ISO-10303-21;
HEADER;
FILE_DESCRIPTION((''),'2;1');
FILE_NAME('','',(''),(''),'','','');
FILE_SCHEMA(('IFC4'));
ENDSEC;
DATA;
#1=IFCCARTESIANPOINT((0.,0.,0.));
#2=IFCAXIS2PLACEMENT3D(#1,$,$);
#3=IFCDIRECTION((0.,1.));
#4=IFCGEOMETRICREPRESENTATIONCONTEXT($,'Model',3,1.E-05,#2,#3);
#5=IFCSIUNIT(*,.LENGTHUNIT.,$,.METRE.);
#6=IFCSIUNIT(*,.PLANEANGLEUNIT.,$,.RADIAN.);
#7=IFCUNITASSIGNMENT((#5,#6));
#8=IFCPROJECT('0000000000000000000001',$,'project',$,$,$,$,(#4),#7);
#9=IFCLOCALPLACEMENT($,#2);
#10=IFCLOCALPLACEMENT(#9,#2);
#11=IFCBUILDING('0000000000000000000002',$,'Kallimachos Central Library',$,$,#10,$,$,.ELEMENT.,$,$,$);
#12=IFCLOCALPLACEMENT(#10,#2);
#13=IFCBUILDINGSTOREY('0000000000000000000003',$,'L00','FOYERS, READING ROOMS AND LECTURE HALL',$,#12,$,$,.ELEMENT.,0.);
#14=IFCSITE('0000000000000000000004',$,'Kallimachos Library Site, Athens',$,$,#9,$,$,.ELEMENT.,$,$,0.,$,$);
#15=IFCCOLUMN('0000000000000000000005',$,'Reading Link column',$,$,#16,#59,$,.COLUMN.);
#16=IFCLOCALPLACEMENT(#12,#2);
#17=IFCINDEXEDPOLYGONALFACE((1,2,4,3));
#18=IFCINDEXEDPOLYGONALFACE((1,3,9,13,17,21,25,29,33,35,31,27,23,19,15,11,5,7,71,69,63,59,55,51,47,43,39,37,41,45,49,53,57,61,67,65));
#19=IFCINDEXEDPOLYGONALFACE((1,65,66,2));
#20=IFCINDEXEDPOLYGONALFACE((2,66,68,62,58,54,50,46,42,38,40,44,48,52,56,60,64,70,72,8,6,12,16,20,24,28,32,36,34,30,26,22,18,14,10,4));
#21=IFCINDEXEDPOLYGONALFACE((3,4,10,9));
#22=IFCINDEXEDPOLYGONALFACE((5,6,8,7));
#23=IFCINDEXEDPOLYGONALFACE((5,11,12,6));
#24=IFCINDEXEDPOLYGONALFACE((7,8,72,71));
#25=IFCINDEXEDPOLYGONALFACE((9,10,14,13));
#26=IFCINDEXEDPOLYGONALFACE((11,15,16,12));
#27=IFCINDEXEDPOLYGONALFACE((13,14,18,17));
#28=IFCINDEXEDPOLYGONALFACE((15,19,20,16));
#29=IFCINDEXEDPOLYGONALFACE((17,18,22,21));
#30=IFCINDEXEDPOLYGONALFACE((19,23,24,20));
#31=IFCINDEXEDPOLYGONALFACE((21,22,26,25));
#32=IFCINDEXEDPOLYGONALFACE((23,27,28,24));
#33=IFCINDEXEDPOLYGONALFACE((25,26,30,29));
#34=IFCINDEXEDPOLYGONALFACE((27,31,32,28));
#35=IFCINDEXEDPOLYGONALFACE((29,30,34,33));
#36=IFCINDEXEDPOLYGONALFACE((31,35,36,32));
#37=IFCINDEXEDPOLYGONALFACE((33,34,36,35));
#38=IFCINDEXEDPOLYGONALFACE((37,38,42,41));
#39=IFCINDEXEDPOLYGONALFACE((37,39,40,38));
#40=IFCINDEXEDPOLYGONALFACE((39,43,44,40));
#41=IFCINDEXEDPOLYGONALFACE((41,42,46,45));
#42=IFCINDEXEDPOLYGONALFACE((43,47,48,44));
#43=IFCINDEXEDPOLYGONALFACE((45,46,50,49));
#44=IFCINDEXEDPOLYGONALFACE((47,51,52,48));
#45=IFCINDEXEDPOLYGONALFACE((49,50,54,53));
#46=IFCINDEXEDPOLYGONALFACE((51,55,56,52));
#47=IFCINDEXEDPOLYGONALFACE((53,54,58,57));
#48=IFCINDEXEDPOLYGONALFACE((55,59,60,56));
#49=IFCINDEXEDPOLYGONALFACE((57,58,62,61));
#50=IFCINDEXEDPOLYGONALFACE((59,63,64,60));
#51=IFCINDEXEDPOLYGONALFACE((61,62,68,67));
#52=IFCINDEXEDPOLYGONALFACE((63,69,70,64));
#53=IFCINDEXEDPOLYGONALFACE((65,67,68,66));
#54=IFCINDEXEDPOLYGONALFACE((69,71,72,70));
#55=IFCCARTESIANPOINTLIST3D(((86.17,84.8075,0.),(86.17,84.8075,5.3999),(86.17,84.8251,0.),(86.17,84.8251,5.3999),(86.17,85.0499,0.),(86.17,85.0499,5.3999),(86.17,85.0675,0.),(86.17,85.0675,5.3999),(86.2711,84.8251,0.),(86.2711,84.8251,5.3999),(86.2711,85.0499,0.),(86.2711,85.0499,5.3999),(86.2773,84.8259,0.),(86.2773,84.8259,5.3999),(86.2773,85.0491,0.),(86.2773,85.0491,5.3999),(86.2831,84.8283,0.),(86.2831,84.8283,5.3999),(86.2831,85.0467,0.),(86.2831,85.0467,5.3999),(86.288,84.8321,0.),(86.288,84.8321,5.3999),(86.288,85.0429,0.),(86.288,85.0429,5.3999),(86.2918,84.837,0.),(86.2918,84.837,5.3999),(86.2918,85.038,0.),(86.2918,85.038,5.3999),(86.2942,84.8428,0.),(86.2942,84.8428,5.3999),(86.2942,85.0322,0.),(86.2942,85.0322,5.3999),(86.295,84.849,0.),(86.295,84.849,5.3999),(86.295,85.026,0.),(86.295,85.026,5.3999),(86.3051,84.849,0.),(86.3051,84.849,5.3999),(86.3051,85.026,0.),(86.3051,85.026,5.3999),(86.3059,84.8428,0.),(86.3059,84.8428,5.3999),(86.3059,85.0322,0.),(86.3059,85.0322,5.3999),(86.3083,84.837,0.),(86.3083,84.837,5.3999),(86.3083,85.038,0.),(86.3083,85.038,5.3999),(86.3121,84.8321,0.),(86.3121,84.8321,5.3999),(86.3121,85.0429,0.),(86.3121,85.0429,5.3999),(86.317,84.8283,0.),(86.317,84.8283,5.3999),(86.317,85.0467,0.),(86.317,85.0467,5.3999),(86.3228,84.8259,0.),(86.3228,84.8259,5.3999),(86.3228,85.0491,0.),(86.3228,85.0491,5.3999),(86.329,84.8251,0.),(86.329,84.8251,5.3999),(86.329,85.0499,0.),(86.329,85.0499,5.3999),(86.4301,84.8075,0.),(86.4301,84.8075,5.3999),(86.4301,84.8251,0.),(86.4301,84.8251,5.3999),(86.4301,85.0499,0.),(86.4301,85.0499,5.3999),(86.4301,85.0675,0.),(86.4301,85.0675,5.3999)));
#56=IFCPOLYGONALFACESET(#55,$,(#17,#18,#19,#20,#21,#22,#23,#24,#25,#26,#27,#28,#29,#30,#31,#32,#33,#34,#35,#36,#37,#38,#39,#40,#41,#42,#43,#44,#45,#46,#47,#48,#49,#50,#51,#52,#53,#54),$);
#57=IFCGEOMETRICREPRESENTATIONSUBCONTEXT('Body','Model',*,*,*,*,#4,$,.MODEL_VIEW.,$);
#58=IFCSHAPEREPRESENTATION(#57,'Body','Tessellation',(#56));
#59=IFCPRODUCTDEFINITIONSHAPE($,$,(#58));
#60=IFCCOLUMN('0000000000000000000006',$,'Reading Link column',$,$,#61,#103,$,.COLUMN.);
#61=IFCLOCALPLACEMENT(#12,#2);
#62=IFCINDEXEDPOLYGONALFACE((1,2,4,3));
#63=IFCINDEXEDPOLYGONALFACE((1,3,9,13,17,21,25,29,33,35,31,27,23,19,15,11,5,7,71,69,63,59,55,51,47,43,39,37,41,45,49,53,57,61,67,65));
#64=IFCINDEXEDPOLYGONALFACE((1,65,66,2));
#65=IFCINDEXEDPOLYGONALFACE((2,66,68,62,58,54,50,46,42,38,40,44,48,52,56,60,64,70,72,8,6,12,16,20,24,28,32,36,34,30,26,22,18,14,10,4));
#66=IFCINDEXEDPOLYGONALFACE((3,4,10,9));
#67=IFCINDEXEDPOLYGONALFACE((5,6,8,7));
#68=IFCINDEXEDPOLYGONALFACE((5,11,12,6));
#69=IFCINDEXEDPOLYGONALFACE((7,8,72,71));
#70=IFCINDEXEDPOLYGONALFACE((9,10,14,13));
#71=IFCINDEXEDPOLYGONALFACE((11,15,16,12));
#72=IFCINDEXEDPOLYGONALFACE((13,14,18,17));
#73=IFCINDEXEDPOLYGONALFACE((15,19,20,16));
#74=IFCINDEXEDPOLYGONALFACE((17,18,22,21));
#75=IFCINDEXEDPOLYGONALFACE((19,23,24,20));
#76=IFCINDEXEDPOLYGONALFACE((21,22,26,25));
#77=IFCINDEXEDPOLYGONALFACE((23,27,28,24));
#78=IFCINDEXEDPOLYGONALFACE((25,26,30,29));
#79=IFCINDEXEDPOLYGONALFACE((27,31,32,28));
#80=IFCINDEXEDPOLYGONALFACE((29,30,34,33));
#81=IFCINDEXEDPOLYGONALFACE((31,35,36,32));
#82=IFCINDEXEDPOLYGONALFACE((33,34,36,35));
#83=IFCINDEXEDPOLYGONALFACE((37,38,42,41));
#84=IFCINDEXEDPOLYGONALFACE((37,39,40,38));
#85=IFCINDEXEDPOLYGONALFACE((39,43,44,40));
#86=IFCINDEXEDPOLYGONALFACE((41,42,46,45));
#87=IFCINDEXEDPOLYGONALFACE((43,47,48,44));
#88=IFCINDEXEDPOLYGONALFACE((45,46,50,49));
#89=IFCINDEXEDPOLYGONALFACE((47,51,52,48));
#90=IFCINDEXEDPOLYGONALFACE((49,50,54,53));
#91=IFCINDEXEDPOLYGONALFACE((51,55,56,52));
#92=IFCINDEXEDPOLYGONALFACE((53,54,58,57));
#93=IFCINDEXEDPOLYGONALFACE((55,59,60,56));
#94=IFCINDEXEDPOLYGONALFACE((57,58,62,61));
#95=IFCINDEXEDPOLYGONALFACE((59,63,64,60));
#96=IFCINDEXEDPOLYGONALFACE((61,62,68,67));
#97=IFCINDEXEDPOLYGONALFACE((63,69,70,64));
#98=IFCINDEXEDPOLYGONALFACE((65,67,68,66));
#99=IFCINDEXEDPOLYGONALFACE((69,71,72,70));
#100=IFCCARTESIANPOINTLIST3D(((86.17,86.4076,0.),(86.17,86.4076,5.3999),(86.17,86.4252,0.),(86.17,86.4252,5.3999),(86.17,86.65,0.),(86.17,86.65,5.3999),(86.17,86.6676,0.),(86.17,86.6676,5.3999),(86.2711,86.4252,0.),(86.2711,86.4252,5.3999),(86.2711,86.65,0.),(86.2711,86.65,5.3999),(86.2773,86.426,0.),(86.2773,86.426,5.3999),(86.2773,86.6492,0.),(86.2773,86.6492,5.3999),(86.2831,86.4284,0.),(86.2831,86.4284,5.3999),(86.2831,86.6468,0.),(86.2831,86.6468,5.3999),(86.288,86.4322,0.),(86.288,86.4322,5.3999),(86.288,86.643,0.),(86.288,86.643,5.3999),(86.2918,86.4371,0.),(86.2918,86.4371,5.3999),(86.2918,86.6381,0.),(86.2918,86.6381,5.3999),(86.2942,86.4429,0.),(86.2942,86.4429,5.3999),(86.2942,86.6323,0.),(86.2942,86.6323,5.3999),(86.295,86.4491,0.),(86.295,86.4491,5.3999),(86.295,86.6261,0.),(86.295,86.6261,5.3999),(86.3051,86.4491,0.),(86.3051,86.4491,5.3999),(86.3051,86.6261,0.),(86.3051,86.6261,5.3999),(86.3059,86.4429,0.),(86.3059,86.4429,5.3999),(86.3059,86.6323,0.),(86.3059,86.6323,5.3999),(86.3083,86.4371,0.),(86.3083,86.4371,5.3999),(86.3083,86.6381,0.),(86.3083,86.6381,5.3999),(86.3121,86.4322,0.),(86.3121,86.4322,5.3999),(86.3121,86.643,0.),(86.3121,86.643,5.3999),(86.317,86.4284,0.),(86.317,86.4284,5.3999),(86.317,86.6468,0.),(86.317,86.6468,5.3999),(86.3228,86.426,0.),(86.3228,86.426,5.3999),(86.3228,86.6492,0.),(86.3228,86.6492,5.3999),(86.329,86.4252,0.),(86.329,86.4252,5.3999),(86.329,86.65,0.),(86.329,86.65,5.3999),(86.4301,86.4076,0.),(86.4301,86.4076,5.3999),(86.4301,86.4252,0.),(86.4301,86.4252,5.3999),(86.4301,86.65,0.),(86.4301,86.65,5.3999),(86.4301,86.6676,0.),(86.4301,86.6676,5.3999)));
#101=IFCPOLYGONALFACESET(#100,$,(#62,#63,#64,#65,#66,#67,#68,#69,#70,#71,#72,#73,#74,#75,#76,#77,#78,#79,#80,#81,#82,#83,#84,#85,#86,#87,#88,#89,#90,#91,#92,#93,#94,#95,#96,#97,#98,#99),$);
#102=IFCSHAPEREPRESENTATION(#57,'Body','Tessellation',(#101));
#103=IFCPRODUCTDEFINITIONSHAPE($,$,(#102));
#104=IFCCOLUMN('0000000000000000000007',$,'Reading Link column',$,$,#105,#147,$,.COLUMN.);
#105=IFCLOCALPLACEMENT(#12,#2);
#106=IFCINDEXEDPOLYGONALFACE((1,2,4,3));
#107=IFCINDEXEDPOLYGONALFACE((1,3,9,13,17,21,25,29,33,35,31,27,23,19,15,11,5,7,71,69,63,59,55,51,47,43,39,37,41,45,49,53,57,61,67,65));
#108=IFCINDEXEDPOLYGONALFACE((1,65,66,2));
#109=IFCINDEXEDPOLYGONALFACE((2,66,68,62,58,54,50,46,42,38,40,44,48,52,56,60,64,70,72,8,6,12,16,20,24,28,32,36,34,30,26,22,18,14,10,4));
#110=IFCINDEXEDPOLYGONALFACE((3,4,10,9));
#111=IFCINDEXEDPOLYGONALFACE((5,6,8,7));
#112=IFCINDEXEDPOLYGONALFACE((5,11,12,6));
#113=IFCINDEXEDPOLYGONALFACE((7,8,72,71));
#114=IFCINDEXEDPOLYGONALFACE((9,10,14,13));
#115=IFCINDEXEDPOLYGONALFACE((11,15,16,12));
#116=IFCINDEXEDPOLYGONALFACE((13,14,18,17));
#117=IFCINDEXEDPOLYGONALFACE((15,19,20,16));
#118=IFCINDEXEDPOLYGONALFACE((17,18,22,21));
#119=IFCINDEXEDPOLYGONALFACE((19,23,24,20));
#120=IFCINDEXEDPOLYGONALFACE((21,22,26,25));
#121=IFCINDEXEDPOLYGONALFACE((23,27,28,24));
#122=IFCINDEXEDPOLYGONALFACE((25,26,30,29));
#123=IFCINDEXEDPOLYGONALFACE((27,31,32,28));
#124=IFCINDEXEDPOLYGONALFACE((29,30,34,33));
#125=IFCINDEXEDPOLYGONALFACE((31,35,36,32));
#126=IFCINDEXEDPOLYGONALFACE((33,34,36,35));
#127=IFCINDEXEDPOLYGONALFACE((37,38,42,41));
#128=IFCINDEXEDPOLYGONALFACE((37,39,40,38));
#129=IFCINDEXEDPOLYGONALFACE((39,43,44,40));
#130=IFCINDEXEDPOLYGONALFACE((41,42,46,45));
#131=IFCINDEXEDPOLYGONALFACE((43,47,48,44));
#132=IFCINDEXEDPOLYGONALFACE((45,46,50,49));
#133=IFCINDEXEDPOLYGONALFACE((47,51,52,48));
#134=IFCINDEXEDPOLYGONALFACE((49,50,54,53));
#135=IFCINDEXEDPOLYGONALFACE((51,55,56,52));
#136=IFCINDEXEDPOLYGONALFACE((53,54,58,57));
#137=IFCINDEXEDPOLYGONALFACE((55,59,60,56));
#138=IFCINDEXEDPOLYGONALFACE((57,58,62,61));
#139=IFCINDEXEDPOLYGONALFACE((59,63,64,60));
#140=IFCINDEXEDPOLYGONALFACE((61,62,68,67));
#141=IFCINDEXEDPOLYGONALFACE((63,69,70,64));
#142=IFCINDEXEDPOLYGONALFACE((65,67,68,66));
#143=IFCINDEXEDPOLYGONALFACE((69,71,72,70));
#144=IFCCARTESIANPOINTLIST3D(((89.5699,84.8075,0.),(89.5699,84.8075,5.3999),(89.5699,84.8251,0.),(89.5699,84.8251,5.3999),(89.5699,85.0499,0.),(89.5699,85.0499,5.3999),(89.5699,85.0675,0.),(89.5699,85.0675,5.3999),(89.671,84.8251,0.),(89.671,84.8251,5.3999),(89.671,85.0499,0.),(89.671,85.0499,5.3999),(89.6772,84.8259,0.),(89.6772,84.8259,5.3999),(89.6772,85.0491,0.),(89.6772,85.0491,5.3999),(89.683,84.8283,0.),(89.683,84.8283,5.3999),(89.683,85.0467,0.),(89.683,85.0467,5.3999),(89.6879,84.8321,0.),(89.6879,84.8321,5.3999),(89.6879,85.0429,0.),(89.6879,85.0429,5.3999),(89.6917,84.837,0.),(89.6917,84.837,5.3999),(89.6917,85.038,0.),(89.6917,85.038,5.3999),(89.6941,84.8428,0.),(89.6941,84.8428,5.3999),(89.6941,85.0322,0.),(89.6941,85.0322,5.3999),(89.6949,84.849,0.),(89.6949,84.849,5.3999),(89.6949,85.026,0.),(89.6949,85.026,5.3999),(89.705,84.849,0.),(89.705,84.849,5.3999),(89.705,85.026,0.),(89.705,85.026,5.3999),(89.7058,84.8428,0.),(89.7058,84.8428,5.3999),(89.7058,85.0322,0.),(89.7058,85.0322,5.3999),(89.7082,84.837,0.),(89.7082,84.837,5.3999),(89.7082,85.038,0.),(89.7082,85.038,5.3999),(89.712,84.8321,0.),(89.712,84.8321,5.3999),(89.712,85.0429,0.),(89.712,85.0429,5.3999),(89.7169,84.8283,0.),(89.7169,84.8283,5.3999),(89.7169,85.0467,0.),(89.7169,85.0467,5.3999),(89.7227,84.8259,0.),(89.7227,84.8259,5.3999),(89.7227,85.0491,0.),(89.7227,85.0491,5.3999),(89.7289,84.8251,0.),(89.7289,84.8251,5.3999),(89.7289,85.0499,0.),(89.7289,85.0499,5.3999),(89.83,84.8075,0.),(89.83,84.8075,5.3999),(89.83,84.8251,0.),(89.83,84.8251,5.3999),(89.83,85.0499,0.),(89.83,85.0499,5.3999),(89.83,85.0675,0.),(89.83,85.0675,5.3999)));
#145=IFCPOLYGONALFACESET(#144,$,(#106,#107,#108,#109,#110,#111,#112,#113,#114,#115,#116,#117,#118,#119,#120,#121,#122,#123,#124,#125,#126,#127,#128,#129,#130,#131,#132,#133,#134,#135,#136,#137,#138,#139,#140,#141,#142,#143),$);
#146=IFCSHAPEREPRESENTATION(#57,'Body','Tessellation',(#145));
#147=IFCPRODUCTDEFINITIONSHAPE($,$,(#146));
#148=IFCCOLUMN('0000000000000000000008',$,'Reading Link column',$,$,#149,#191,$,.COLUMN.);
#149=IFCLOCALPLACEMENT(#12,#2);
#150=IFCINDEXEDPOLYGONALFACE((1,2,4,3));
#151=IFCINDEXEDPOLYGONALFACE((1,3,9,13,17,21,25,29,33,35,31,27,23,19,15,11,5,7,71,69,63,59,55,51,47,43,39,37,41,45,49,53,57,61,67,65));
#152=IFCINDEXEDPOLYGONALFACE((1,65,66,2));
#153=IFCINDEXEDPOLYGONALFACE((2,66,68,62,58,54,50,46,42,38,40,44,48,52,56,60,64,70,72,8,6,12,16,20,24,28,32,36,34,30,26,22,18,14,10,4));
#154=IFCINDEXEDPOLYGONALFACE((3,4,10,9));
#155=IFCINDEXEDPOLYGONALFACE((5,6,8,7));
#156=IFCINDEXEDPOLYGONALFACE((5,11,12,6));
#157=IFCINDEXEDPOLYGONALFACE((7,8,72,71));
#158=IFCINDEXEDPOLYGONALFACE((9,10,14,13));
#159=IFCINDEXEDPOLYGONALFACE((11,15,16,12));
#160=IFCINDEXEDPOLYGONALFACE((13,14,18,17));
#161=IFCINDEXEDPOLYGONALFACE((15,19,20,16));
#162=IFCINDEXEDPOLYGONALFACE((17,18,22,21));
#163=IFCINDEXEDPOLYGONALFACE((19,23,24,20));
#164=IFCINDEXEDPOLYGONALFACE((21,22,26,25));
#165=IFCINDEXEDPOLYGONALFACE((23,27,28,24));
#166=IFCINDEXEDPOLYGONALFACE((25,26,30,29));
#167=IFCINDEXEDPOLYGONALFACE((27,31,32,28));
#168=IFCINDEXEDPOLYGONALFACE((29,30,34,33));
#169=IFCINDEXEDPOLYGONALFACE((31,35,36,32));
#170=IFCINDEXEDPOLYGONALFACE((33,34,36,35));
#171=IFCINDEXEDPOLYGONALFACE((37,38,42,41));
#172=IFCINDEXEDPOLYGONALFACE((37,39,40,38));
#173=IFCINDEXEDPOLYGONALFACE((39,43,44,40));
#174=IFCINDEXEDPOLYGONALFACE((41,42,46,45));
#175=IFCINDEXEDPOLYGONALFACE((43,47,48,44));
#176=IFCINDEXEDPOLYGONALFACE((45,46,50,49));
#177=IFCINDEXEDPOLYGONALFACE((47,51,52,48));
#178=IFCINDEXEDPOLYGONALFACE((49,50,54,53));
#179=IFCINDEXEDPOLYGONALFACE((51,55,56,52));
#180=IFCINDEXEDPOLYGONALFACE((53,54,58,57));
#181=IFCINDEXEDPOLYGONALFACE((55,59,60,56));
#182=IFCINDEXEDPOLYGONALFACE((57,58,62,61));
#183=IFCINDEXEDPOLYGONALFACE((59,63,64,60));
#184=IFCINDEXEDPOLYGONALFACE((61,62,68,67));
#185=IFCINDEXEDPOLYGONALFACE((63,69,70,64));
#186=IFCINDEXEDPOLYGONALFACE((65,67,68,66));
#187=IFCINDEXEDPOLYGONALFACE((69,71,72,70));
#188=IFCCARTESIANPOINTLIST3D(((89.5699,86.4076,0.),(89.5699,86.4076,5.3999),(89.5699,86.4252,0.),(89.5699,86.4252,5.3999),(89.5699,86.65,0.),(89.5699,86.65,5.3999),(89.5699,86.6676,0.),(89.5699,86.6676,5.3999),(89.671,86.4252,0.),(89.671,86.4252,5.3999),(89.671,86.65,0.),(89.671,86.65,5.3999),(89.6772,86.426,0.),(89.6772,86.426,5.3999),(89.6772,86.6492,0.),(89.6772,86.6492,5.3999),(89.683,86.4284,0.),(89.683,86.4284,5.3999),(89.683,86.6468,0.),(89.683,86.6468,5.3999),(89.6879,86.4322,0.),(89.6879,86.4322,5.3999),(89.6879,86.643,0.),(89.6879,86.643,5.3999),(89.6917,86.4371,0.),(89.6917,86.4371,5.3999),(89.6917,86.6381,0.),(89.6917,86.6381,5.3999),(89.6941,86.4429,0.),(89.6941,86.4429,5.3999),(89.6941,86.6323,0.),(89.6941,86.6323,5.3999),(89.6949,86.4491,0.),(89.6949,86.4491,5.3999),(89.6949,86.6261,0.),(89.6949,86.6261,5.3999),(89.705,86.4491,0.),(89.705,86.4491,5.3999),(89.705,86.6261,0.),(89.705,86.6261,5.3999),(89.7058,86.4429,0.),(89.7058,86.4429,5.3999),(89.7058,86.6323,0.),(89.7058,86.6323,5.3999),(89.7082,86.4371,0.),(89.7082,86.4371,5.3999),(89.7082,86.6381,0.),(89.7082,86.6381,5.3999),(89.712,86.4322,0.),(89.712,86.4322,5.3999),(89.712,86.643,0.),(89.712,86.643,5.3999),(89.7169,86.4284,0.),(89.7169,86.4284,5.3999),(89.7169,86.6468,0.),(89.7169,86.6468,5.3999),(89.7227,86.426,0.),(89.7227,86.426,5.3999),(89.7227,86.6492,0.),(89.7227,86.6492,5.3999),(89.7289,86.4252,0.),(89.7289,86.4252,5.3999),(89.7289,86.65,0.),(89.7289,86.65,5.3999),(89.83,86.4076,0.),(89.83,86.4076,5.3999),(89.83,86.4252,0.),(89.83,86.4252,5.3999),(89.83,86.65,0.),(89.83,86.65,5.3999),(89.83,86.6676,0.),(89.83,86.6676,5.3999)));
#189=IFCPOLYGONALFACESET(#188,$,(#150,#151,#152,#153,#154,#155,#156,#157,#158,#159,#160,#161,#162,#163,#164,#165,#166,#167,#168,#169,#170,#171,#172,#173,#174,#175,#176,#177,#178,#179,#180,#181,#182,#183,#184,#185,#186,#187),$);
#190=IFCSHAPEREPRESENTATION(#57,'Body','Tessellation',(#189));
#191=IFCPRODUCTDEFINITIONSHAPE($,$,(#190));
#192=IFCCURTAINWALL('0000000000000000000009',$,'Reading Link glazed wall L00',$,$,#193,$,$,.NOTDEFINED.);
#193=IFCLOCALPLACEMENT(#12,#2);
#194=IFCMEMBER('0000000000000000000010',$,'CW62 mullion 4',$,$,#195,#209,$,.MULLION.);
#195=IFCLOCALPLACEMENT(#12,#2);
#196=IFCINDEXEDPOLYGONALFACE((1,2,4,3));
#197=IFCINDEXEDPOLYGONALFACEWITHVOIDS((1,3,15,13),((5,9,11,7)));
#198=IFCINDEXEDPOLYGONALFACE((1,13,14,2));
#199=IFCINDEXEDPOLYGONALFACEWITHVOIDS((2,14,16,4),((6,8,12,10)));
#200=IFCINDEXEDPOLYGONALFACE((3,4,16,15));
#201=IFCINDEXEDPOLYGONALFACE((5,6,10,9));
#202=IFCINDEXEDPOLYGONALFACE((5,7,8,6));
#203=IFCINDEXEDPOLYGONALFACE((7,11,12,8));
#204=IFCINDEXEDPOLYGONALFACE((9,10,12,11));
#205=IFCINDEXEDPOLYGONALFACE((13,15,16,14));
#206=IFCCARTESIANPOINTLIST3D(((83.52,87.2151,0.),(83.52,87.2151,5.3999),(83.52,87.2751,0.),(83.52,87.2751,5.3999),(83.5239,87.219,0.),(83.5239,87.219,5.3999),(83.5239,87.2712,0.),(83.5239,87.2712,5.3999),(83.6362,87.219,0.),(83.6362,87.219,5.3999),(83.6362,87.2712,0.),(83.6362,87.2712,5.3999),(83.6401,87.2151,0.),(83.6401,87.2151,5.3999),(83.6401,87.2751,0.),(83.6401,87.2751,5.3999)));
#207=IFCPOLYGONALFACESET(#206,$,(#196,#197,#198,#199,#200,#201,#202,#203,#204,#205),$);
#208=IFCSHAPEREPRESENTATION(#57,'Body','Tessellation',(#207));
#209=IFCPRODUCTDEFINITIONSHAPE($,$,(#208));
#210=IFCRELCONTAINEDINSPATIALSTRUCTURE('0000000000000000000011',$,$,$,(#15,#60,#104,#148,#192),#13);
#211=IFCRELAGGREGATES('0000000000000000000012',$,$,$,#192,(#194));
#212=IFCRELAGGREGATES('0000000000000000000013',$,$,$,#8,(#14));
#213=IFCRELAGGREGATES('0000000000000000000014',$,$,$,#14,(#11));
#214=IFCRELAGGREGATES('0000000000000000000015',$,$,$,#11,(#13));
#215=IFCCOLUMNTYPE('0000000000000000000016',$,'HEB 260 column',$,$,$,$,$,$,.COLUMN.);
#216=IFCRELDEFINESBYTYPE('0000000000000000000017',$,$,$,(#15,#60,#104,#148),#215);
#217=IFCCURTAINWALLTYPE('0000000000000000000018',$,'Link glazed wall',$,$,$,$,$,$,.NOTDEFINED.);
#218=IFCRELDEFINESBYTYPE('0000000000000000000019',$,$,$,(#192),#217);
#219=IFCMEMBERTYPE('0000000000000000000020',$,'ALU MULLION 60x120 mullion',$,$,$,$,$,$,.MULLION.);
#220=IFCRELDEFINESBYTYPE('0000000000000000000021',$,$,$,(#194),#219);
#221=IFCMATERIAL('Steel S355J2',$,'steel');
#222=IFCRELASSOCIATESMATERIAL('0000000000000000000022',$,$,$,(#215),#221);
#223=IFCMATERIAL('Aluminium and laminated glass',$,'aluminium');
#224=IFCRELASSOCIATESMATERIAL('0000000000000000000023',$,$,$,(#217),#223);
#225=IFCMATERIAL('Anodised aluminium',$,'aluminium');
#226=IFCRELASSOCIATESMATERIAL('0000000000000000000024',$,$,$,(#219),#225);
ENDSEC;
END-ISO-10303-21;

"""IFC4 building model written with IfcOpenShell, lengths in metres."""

from ifc_helpers import new_model, si_unit, direction, frame, origin, origin_2d, place, context, subcontext, project, spatial, hollow_rectangle, i_section, extrude, material, material_profile, profile_set, type_object, element, aggregate, save


model = new_model("IFC4")

# Units and contexts
model_context = context("Model", 3, precision=1e-05, world=origin(), true_north=direction((0.0, 1.0)))
body_context = subcontext(model_context, "Body", "Model", "MODEL_VIEW")
ifc_project = project(units=[si_unit("LENGTHUNIT", "METRE"), si_unit("PLANEANGLEUNIT", "RADIAN")], contexts=[model_context])

# Site, building, storey
site_placement = place(None, origin())
site = spatial("IfcSite", under=ifc_project, at=site_placement, Name="Kallimachos Library Site, Athens", CompositionType="ELEMENT", RefElevation=0.0)
building_placement = place(site_placement, origin())
building = spatial("IfcBuilding", under=site, at=building_placement, Name="Kallimachos Central Library", CompositionType="ELEMENT")
storey_placement = place(building_placement, origin())
storey = spatial("IfcBuildingStorey", under=building, at=storey_placement, Name="L00", Description="FOYERS, READING ROOMS AND LECTURE HALL", CompositionType="ELEMENT", Elevation=0.0)

# Columns
ifc_material_1 = material(Name="Steel S355J2", Category="steel")
ifc_material_profile_1 = material_profile(ifc_material_1, i_section(OverallWidth=0.26, OverallDepth=0.26, WebThickness=0.01, FlangeThickness=0.0176, FilletRadius=0.0239, at=origin_2d()), Name="HEB 260")
ifc_profile_set_1 = profile_set([ifc_material_profile_1], Name="Steel S355J2")
column_type = type_object("IfcColumnType", Name="HEB 260 column", PredefinedType="COLUMN", material=ifc_profile_set_1)
for number, where, z_axis, x_axis, name in (
    (1, (86.3, 84.9375, 0.0), (0.0, 0.0, 1.0), (1.0, 0.0, 0.0), "Reading Link column"),
    (2, (86.3, 86.5376, 0.0), (0.0, 0.0, 1.0), (1.0, 0.0, 0.0), "Reading Link column"),
    (3, (89.7, 84.9375, 0.0), (0.0, 0.0, 1.0), (1.0, 0.0, 0.0), "Reading Link column"),
    (4, (89.7, 86.5376, 0.0), (0.0, 0.0, 1.0), (1.0, 0.0, 0.0), "Reading Link column"),
):
    element("IfcColumn", number, at=place(storey_placement, frame(where, z_axis=z_axis, x_axis=x_axis)), inside=storey, type_object=column_type, Name=name, PredefinedType="COLUMN", context=body_context, shape_type="SweptSolid", body=[
        extrude(i_section(OverallWidth=0.26, OverallDepth=0.26, WebThickness=0.01, FlangeThickness=0.0176, FilletRadius=0.0239, at=origin_2d()), origin(), (0.0, 0.0, 1.0), 5.3999),
    ])

# Curtain wall, member
ifc_material_2 = material(Name="Aluminium and laminated glass", Category="aluminium")
curtain_wall_type = type_object("IfcCurtainWallType", Name="Link glazed wall", PredefinedType="NOTDEFINED", material=ifc_material_2)
curtain_wall_placement = place(storey_placement, origin())
curtain_wall = element("IfcCurtainWall", 5, at=curtain_wall_placement, inside=storey, type_object=curtain_wall_type, Name="Reading Link glazed wall L00", PredefinedType="NOTDEFINED")
ifc_material_3 = material(Name="Anodised aluminium", Category="aluminium")
ifc_material_profile_2 = material_profile(ifc_material_3, hollow_rectangle(XDim=0.0601, YDim=0.1201, WallThickness=0.0039, at=origin_2d()), Name="ALU MULLION 60x120")
ifc_profile_set_2 = profile_set([ifc_material_profile_2], Name="Anodised aluminium")
member_type = type_object("IfcMemberType", Name="ALU MULLION 60x120 mullion", PredefinedType="MULLION", material=ifc_profile_set_2)
member_placement = place(storey_placement, frame((83.5801, 87.2451, 0.0), z_axis=(0.0, 0.0, 1.0), x_axis=(0.0, 1.0, 0.0)))
member = element("IfcMember", 6, at=member_placement, type_object=member_type, Name="CW62 mullion 4", PredefinedType="MULLION", context=body_context, shape_type="SweptSolid", body=[
    extrude(hollow_rectangle(XDim=0.0601, YDim=0.1201, WallThickness=0.0039, at=origin_2d()), origin(), (0.0, 0.0, 1.0), 5.3999),
])

aggregate(curtain_wall, [member])

save(model, "model.ifc")
